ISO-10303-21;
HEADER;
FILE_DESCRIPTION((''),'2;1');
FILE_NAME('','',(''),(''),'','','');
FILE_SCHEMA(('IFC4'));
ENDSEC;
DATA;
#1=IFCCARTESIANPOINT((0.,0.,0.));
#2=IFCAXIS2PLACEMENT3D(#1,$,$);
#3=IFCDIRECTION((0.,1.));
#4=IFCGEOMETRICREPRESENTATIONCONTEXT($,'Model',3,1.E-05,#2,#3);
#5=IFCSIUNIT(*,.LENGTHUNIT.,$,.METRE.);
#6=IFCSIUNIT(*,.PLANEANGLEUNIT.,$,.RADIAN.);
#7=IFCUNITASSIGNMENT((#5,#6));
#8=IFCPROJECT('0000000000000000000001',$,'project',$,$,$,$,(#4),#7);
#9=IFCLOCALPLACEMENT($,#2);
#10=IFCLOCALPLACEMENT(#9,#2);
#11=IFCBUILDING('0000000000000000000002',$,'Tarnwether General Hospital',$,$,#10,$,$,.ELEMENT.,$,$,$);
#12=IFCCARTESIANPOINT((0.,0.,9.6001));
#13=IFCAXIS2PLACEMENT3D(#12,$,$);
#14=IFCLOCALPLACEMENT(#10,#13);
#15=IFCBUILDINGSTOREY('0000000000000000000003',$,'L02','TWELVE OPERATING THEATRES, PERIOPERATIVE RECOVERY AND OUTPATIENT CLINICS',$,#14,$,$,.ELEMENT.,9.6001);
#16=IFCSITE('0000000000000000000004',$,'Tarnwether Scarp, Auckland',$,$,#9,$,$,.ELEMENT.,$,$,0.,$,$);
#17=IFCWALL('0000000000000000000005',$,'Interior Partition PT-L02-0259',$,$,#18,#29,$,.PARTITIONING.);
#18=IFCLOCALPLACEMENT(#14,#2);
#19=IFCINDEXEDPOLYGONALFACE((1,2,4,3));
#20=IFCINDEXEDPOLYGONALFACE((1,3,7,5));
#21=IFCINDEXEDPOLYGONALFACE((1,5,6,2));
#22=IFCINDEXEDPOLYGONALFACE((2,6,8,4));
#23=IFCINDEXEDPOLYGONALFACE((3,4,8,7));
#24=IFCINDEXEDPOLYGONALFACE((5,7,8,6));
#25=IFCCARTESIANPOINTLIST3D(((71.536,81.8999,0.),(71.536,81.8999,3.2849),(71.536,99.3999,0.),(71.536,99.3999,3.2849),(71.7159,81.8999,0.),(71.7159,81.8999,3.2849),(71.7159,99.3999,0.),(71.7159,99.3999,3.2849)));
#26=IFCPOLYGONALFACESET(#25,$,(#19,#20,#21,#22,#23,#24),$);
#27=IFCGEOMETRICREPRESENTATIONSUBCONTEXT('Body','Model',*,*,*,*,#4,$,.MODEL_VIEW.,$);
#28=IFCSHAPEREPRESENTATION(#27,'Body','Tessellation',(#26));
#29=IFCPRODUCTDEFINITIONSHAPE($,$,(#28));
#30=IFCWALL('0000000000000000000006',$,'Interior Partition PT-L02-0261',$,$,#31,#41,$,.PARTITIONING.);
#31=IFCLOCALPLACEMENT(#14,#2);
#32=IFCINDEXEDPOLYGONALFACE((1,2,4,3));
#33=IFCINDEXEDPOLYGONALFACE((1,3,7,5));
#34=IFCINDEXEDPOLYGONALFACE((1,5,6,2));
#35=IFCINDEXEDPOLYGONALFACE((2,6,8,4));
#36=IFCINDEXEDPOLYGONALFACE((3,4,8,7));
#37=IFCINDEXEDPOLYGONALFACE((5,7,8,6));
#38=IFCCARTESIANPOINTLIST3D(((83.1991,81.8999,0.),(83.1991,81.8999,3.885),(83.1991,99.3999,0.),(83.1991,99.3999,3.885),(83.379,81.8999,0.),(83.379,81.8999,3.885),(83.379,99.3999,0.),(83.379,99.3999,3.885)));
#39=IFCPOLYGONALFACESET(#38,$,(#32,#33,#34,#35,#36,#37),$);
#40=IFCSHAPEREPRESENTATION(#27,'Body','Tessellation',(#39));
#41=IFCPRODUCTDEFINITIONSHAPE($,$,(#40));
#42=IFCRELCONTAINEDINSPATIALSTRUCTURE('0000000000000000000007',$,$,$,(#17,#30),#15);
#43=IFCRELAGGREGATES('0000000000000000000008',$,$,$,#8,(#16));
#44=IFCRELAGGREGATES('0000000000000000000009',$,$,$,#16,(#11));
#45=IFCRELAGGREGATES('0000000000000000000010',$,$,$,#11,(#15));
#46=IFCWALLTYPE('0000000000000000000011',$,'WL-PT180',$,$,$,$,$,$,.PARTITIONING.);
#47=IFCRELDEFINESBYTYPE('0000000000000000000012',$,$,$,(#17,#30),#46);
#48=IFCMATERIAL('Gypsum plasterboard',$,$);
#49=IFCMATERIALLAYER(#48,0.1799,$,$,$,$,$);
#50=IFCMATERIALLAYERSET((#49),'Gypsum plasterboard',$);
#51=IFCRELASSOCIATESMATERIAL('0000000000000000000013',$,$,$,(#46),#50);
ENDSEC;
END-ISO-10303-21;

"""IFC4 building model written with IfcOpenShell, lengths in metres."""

from ifc_helpers import new_model, si_unit, direction, frame, frame_2d, origin, place, context, subcontext, project, spatial, rectangle, extrude, material, layer, layer_set, type_object, element, save


model = new_model("IFC4")

# Units and contexts
model_context = context("Model", 3, precision=1e-05, world=origin(), true_north=direction((0.0, 1.0)))
body_context = subcontext(model_context, "Body", "Model", "MODEL_VIEW")
ifc_project = project(units=[si_unit("LENGTHUNIT", "METRE"), si_unit("PLANEANGLEUNIT", "RADIAN")], contexts=[model_context])

# Site, building, storey
site_placement = place(None, origin())
site = spatial("IfcSite", under=ifc_project, at=site_placement, Name="Tarnwether Scarp, Auckland", CompositionType="ELEMENT", RefElevation=0.0)
building_placement = place(site_placement, origin())
building = spatial("IfcBuilding", under=site, at=building_placement, Name="Tarnwether General Hospital", CompositionType="ELEMENT")
storey_placement = place(building_placement, frame((0.0, 0.0, 9.6001)))
storey = spatial("IfcBuildingStorey", under=building, at=storey_placement, Name="L02", Description="TWELVE OPERATING THEATRES, PERIOPERATIVE RECOVERY AND OUTPATIENT CLINICS", CompositionType="ELEMENT", Elevation=9.6001)

# Walls
ifc_material_1 = material(Name="Gypsum plasterboard")
ifc_layer_1 = layer(ifc_material_1, 0.1799)
ifc_layer_set_1 = layer_set([ifc_layer_1], Name="Gypsum plasterboard")
wall_type = type_object("IfcWallType", Name="WL-PT180", PredefinedType="PARTITIONING", material=ifc_layer_set_1)
wall_1_placement = place(storey_placement, frame((71.626, 81.8999, 0.0), z_axis=(0.0, 0.0, 1.0), x_axis=(0.0, 1.0, 0.0)))
element("IfcWall", 1, at=wall_1_placement, inside=storey, type_object=wall_type, Name="Interior Partition PT-L02-0259", PredefinedType="PARTITIONING", context=body_context, shape_type="SweptSolid", body=[
    extrude(rectangle(XDim=17.5, YDim=0.1799, at=frame_2d((8.75, 0.0))), origin(), (0.0, 0.0, 1.0), 3.2849),
])
wall_2_placement = place(storey_placement, frame((83.2891, 81.8999, 0.0), z_axis=(0.0, 0.0, 1.0), x_axis=(0.0, 1.0, 0.0)))
element("IfcWall", 2, at=wall_2_placement, inside=storey, type_object=wall_type, Name="Interior Partition PT-L02-0261", PredefinedType="PARTITIONING", context=body_context, shape_type="SweptSolid", body=[
    extrude(rectangle(XDim=17.5, YDim=0.1799, at=frame_2d((8.75, 0.0))), origin(), (0.0, 0.0, 1.0), 3.885),
])

save(model, "model.ifc")
